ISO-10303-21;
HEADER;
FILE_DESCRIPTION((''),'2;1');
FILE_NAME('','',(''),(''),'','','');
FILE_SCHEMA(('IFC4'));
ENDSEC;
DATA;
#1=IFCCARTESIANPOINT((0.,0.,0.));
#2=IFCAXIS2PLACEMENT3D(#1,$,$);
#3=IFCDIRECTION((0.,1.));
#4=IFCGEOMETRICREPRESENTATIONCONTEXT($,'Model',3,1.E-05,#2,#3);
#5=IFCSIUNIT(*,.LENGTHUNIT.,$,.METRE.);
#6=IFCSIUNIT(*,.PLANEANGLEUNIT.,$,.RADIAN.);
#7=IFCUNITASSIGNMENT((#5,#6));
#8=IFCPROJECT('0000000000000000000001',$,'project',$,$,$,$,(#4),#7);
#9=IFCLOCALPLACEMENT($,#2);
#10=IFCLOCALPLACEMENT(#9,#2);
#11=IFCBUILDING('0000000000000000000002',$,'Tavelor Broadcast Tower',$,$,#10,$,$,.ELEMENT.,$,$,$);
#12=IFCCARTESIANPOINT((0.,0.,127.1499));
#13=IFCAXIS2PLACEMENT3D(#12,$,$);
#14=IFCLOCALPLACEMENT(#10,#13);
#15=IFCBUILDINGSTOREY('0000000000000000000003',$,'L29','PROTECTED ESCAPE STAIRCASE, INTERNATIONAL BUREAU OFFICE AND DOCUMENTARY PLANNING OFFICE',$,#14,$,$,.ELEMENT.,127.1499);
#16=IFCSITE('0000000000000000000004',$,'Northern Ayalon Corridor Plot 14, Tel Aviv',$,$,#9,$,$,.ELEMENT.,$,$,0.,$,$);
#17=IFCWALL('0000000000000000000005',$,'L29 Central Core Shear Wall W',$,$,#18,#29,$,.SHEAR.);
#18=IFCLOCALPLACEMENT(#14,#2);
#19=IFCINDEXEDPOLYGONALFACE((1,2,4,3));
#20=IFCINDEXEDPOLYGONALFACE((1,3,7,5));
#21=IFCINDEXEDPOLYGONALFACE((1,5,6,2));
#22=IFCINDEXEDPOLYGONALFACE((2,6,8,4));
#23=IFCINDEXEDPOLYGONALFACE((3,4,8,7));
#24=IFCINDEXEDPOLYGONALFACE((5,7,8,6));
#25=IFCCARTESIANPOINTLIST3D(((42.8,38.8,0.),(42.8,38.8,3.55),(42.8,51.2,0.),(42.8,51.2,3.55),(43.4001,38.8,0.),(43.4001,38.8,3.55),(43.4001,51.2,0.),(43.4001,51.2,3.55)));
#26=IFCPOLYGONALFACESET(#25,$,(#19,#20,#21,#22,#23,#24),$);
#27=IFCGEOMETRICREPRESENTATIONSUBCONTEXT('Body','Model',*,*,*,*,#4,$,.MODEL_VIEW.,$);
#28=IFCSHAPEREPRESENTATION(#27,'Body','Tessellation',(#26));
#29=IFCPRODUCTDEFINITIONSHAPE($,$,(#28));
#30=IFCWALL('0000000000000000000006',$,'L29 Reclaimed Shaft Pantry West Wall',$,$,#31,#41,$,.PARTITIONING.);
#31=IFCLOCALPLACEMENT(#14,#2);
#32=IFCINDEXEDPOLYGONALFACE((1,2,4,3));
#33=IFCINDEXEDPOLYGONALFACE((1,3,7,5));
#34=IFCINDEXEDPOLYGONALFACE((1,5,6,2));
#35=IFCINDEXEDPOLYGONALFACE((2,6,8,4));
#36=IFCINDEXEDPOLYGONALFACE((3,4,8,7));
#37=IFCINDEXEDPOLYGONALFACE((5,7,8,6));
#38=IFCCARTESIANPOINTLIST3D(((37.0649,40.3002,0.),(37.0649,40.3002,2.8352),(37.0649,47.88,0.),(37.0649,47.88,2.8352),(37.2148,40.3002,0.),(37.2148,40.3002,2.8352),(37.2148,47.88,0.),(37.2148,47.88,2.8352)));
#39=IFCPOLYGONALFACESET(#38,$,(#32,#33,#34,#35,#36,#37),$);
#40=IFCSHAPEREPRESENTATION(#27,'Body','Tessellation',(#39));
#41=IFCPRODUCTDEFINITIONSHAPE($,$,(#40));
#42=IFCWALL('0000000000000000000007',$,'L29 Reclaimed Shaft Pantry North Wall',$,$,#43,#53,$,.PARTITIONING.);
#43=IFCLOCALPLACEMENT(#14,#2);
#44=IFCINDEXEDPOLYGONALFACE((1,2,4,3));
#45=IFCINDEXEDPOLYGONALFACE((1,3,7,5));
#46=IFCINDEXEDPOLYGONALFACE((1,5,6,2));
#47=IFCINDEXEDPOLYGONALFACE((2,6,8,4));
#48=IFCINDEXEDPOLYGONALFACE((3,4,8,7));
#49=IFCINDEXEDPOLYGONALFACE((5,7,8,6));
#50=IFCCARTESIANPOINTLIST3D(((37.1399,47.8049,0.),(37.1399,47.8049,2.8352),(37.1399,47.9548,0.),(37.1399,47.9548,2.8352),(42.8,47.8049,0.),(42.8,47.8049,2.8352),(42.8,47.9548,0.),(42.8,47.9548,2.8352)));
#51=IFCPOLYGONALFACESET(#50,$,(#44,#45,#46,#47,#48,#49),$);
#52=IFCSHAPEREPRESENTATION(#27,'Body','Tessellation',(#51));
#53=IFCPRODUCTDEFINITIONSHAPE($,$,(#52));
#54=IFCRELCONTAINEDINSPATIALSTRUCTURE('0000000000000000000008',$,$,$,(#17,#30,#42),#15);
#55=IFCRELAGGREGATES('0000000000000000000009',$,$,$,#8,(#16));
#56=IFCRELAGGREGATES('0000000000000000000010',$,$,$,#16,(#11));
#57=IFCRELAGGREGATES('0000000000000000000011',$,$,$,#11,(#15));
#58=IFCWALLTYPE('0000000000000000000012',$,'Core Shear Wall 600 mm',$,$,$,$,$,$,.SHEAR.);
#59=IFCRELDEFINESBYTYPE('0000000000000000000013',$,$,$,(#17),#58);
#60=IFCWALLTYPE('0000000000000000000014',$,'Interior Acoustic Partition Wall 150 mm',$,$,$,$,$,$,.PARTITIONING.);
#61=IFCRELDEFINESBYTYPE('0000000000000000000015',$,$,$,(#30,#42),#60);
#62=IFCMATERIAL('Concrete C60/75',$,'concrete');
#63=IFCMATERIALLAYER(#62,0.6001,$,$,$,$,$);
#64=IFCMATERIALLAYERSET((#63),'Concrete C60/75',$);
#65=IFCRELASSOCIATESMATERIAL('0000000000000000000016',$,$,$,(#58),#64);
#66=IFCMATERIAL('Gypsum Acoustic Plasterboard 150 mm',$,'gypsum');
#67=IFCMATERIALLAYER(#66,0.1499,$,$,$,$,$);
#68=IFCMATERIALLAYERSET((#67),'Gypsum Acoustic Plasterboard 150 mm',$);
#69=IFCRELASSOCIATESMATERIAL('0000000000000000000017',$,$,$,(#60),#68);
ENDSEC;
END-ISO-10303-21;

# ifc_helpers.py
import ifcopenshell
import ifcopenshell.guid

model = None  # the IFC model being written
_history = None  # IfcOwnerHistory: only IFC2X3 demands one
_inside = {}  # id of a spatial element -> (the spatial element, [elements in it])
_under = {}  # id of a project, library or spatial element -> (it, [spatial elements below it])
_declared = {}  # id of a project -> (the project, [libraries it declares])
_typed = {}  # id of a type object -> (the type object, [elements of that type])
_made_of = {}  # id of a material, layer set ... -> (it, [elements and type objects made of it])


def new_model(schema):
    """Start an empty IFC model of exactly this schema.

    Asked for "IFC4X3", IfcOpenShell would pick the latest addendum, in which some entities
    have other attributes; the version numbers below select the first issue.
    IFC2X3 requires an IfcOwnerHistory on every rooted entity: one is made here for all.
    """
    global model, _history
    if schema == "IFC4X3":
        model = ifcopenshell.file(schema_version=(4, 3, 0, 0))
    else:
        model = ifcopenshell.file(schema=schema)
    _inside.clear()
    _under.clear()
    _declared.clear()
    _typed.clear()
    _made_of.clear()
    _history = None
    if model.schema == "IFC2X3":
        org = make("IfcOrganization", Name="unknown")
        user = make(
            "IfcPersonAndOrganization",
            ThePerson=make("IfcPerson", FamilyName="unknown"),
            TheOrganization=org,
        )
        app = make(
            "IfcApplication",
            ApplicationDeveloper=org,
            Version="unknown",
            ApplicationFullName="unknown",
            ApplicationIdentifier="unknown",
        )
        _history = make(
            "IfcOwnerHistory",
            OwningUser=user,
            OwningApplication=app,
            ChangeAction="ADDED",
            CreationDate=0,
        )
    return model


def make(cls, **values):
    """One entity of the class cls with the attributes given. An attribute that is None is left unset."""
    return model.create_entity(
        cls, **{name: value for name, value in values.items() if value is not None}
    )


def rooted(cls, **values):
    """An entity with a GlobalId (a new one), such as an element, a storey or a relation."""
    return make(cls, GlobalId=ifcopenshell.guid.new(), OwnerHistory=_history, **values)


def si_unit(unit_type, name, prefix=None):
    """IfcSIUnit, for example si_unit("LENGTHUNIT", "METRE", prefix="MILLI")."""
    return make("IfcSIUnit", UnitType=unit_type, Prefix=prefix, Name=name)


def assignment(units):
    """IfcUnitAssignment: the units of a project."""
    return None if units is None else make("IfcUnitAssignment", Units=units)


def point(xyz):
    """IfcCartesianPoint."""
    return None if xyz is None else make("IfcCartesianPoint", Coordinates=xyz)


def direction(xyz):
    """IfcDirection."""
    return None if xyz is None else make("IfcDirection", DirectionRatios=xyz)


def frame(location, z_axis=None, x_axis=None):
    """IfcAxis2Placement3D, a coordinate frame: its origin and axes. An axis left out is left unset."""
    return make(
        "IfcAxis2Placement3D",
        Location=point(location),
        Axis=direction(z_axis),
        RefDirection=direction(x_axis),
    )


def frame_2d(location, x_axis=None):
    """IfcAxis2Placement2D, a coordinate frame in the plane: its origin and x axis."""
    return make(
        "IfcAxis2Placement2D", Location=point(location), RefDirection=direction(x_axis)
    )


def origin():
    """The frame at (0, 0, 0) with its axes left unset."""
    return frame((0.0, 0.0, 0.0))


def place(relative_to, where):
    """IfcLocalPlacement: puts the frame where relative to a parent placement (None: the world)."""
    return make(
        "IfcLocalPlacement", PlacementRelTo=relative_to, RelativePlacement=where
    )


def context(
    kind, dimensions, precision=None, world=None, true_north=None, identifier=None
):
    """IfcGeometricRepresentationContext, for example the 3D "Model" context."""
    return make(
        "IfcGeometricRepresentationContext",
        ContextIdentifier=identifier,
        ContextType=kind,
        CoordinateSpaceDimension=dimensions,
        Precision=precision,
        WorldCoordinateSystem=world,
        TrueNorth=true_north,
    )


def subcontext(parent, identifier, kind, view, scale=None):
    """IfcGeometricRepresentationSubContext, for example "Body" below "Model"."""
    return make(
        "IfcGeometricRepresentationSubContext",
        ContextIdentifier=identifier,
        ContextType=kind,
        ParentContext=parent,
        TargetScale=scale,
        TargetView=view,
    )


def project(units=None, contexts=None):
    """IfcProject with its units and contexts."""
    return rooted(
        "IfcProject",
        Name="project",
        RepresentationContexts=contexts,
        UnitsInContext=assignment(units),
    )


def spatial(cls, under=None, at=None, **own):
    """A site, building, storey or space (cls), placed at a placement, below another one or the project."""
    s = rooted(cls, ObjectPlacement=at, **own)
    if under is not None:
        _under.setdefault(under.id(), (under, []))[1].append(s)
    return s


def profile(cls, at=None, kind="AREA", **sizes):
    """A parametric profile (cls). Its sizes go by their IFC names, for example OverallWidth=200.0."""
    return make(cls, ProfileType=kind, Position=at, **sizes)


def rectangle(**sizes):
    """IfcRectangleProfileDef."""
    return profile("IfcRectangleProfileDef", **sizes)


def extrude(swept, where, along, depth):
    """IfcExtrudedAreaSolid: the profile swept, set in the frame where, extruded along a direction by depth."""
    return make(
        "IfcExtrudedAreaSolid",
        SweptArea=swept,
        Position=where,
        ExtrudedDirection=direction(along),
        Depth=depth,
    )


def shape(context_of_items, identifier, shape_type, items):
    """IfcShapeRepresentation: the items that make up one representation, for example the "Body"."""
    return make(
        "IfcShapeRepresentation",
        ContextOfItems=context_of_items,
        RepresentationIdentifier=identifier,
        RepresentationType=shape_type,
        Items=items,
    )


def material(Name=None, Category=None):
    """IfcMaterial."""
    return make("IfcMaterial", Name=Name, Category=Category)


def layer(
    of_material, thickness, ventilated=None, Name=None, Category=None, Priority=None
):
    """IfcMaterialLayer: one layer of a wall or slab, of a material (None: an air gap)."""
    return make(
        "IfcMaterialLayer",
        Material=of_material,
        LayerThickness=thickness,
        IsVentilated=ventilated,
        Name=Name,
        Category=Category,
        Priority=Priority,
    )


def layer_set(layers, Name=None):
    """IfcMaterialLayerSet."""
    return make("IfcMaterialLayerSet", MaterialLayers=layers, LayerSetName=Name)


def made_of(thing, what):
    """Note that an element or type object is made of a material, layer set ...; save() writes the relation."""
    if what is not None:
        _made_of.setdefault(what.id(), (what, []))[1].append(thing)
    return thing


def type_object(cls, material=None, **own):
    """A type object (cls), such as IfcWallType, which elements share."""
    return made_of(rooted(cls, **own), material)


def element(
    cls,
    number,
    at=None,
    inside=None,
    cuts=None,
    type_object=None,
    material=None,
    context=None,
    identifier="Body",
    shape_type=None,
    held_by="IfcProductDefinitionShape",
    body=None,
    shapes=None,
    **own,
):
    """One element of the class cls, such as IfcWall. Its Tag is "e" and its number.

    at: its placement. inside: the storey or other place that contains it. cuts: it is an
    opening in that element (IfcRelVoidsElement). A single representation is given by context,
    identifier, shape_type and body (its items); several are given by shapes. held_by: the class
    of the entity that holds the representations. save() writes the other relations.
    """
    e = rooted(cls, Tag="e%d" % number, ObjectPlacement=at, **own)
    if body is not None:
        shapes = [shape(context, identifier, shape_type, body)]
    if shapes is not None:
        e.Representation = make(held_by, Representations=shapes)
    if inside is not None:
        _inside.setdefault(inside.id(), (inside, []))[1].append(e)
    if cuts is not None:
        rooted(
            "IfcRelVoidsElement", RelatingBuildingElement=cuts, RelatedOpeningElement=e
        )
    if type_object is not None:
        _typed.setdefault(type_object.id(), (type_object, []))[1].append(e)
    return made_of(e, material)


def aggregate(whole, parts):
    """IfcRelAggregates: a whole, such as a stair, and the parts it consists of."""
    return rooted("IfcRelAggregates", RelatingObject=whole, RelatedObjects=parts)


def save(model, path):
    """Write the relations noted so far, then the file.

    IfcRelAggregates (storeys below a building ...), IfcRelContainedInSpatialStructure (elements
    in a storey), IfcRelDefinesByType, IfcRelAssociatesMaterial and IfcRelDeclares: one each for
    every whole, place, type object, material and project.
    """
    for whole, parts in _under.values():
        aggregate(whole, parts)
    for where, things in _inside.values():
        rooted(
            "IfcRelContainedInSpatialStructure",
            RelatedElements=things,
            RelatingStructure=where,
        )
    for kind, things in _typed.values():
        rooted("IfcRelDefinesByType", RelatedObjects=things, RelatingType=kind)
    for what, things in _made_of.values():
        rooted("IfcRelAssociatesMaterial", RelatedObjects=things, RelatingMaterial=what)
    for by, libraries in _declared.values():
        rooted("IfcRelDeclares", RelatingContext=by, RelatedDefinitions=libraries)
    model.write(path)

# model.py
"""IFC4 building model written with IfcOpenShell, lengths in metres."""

from ifc_helpers import new_model, si_unit, direction, frame, frame_2d, origin, place, context, subcontext, project, spatial, rectangle, extrude, material, layer, layer_set, type_object, element, save


model = new_model("IFC4")

# Units and contexts
model_context = context("Model", 3, precision=1e-05, world=origin(), true_north=direction((0.0, 1.0)))
body_context = subcontext(model_context, "Body", "Model", "MODEL_VIEW")
ifc_project = project(units=[si_unit("LENGTHUNIT", "METRE"), si_unit("PLANEANGLEUNIT", "RADIAN")], contexts=[model_context])

# Site, building, storey
site_placement = place(None, origin())
site = spatial("IfcSite", under=ifc_project, at=site_placement, Name="Northern Ayalon Corridor Plot 14, Tel Aviv", CompositionType="ELEMENT", RefElevation=0.0)
building_placement = place(site_placement, origin())
building = spatial("IfcBuilding", under=site, at=building_placement, Name="Tavelor Broadcast Tower", CompositionType="ELEMENT")
storey_placement = place(building_placement, frame((0.0, 0.0, 127.1499)))
storey = spatial("IfcBuildingStorey", under=building, at=storey_placement, Name="L29", Description="PROTECTED ESCAPE STAIRCASE, INTERNATIONAL BUREAU OFFICE AND DOCUMENTARY PLANNING OFFICE", CompositionType="ELEMENT", Elevation=127.1499)

# Shared definitions
ifc_material_1 = material(Name="Concrete C60/75", Category="concrete")

# Shared definitions
ifc_layer_1 = layer(ifc_material_1, 0.6001)
ifc_layer_set_1 = layer_set([ifc_layer_1], Name="Concrete C60/75")
wall_type_1 = type_object("IfcWallType", Name="Core Shear Wall 600 mm", PredefinedType="SHEAR", material=ifc_layer_set_1)

# Walls
wall_1_placement = place(storey_placement, frame((43.1001, 38.8, 0.0), z_axis=(0.0, 0.0, 1.0), x_axis=(0.0, 1.0, 0.0)))
element("IfcWall", 1, at=wall_1_placement, inside=storey, type_object=wall_type_1, Name="L29 Central Core Shear Wall W", PredefinedType="SHEAR", context=body_context, shape_type="SweptSolid", body=[
    extrude(rectangle(XDim=12.3999, YDim=0.6001, at=frame_2d((6.2, 0.0))), origin(), (0.0, 0.0, 1.0), 3.55),
])
ifc_material_2 = material(Name="Gypsum Acoustic Plasterboard 150 mm", Category="gypsum")
ifc_layer_2 = layer(ifc_material_2, 0.1499)
ifc_layer_set_2 = layer_set([ifc_layer_2], Name="Gypsum Acoustic Plasterboard 150 mm")
wall_type_2 = type_object("IfcWallType", Name="Interior Acoustic Partition Wall 150 mm", PredefinedType="PARTITIONING", material=ifc_layer_set_2)
wall_2_placement = place(storey_placement, frame((37.1399, 40.3, 0.0), z_axis=(0.0, 0.0, 1.0), x_axis=(0.0, 1.0, 0.0)))
element("IfcWall", 2, at=wall_2_placement, inside=storey, type_object=wall_type_2, Name="L29 Reclaimed Shaft Pantry West Wall", PredefinedType="PARTITIONING", context=body_context, shape_type="SweptSolid", body=[
    extrude(rectangle(XDim=7.5798, YDim=0.1499, at=frame_2d((3.79, 0.0))), origin(), (0.0, 0.0, 1.0), 2.8352),
])
wall_3_placement = place(storey_placement, frame((37.1399, 47.8799, 0.0), z_axis=(0.0, 0.0, 1.0), x_axis=(1.0, 0.0, 0.0)))
element("IfcWall", 3, at=wall_3_placement, inside=storey, type_object=wall_type_2, Name="L29 Reclaimed Shaft Pantry North Wall", PredefinedType="PARTITIONING", context=body_context, shape_type="SweptSolid", body=[
    extrude(rectangle(XDim=5.6602, YDim=0.1499, at=frame_2d((2.8301, 0.0))), origin(), (0.0, 0.0, 1.0), 2.8352),
])

save(model, "model.ifc")
